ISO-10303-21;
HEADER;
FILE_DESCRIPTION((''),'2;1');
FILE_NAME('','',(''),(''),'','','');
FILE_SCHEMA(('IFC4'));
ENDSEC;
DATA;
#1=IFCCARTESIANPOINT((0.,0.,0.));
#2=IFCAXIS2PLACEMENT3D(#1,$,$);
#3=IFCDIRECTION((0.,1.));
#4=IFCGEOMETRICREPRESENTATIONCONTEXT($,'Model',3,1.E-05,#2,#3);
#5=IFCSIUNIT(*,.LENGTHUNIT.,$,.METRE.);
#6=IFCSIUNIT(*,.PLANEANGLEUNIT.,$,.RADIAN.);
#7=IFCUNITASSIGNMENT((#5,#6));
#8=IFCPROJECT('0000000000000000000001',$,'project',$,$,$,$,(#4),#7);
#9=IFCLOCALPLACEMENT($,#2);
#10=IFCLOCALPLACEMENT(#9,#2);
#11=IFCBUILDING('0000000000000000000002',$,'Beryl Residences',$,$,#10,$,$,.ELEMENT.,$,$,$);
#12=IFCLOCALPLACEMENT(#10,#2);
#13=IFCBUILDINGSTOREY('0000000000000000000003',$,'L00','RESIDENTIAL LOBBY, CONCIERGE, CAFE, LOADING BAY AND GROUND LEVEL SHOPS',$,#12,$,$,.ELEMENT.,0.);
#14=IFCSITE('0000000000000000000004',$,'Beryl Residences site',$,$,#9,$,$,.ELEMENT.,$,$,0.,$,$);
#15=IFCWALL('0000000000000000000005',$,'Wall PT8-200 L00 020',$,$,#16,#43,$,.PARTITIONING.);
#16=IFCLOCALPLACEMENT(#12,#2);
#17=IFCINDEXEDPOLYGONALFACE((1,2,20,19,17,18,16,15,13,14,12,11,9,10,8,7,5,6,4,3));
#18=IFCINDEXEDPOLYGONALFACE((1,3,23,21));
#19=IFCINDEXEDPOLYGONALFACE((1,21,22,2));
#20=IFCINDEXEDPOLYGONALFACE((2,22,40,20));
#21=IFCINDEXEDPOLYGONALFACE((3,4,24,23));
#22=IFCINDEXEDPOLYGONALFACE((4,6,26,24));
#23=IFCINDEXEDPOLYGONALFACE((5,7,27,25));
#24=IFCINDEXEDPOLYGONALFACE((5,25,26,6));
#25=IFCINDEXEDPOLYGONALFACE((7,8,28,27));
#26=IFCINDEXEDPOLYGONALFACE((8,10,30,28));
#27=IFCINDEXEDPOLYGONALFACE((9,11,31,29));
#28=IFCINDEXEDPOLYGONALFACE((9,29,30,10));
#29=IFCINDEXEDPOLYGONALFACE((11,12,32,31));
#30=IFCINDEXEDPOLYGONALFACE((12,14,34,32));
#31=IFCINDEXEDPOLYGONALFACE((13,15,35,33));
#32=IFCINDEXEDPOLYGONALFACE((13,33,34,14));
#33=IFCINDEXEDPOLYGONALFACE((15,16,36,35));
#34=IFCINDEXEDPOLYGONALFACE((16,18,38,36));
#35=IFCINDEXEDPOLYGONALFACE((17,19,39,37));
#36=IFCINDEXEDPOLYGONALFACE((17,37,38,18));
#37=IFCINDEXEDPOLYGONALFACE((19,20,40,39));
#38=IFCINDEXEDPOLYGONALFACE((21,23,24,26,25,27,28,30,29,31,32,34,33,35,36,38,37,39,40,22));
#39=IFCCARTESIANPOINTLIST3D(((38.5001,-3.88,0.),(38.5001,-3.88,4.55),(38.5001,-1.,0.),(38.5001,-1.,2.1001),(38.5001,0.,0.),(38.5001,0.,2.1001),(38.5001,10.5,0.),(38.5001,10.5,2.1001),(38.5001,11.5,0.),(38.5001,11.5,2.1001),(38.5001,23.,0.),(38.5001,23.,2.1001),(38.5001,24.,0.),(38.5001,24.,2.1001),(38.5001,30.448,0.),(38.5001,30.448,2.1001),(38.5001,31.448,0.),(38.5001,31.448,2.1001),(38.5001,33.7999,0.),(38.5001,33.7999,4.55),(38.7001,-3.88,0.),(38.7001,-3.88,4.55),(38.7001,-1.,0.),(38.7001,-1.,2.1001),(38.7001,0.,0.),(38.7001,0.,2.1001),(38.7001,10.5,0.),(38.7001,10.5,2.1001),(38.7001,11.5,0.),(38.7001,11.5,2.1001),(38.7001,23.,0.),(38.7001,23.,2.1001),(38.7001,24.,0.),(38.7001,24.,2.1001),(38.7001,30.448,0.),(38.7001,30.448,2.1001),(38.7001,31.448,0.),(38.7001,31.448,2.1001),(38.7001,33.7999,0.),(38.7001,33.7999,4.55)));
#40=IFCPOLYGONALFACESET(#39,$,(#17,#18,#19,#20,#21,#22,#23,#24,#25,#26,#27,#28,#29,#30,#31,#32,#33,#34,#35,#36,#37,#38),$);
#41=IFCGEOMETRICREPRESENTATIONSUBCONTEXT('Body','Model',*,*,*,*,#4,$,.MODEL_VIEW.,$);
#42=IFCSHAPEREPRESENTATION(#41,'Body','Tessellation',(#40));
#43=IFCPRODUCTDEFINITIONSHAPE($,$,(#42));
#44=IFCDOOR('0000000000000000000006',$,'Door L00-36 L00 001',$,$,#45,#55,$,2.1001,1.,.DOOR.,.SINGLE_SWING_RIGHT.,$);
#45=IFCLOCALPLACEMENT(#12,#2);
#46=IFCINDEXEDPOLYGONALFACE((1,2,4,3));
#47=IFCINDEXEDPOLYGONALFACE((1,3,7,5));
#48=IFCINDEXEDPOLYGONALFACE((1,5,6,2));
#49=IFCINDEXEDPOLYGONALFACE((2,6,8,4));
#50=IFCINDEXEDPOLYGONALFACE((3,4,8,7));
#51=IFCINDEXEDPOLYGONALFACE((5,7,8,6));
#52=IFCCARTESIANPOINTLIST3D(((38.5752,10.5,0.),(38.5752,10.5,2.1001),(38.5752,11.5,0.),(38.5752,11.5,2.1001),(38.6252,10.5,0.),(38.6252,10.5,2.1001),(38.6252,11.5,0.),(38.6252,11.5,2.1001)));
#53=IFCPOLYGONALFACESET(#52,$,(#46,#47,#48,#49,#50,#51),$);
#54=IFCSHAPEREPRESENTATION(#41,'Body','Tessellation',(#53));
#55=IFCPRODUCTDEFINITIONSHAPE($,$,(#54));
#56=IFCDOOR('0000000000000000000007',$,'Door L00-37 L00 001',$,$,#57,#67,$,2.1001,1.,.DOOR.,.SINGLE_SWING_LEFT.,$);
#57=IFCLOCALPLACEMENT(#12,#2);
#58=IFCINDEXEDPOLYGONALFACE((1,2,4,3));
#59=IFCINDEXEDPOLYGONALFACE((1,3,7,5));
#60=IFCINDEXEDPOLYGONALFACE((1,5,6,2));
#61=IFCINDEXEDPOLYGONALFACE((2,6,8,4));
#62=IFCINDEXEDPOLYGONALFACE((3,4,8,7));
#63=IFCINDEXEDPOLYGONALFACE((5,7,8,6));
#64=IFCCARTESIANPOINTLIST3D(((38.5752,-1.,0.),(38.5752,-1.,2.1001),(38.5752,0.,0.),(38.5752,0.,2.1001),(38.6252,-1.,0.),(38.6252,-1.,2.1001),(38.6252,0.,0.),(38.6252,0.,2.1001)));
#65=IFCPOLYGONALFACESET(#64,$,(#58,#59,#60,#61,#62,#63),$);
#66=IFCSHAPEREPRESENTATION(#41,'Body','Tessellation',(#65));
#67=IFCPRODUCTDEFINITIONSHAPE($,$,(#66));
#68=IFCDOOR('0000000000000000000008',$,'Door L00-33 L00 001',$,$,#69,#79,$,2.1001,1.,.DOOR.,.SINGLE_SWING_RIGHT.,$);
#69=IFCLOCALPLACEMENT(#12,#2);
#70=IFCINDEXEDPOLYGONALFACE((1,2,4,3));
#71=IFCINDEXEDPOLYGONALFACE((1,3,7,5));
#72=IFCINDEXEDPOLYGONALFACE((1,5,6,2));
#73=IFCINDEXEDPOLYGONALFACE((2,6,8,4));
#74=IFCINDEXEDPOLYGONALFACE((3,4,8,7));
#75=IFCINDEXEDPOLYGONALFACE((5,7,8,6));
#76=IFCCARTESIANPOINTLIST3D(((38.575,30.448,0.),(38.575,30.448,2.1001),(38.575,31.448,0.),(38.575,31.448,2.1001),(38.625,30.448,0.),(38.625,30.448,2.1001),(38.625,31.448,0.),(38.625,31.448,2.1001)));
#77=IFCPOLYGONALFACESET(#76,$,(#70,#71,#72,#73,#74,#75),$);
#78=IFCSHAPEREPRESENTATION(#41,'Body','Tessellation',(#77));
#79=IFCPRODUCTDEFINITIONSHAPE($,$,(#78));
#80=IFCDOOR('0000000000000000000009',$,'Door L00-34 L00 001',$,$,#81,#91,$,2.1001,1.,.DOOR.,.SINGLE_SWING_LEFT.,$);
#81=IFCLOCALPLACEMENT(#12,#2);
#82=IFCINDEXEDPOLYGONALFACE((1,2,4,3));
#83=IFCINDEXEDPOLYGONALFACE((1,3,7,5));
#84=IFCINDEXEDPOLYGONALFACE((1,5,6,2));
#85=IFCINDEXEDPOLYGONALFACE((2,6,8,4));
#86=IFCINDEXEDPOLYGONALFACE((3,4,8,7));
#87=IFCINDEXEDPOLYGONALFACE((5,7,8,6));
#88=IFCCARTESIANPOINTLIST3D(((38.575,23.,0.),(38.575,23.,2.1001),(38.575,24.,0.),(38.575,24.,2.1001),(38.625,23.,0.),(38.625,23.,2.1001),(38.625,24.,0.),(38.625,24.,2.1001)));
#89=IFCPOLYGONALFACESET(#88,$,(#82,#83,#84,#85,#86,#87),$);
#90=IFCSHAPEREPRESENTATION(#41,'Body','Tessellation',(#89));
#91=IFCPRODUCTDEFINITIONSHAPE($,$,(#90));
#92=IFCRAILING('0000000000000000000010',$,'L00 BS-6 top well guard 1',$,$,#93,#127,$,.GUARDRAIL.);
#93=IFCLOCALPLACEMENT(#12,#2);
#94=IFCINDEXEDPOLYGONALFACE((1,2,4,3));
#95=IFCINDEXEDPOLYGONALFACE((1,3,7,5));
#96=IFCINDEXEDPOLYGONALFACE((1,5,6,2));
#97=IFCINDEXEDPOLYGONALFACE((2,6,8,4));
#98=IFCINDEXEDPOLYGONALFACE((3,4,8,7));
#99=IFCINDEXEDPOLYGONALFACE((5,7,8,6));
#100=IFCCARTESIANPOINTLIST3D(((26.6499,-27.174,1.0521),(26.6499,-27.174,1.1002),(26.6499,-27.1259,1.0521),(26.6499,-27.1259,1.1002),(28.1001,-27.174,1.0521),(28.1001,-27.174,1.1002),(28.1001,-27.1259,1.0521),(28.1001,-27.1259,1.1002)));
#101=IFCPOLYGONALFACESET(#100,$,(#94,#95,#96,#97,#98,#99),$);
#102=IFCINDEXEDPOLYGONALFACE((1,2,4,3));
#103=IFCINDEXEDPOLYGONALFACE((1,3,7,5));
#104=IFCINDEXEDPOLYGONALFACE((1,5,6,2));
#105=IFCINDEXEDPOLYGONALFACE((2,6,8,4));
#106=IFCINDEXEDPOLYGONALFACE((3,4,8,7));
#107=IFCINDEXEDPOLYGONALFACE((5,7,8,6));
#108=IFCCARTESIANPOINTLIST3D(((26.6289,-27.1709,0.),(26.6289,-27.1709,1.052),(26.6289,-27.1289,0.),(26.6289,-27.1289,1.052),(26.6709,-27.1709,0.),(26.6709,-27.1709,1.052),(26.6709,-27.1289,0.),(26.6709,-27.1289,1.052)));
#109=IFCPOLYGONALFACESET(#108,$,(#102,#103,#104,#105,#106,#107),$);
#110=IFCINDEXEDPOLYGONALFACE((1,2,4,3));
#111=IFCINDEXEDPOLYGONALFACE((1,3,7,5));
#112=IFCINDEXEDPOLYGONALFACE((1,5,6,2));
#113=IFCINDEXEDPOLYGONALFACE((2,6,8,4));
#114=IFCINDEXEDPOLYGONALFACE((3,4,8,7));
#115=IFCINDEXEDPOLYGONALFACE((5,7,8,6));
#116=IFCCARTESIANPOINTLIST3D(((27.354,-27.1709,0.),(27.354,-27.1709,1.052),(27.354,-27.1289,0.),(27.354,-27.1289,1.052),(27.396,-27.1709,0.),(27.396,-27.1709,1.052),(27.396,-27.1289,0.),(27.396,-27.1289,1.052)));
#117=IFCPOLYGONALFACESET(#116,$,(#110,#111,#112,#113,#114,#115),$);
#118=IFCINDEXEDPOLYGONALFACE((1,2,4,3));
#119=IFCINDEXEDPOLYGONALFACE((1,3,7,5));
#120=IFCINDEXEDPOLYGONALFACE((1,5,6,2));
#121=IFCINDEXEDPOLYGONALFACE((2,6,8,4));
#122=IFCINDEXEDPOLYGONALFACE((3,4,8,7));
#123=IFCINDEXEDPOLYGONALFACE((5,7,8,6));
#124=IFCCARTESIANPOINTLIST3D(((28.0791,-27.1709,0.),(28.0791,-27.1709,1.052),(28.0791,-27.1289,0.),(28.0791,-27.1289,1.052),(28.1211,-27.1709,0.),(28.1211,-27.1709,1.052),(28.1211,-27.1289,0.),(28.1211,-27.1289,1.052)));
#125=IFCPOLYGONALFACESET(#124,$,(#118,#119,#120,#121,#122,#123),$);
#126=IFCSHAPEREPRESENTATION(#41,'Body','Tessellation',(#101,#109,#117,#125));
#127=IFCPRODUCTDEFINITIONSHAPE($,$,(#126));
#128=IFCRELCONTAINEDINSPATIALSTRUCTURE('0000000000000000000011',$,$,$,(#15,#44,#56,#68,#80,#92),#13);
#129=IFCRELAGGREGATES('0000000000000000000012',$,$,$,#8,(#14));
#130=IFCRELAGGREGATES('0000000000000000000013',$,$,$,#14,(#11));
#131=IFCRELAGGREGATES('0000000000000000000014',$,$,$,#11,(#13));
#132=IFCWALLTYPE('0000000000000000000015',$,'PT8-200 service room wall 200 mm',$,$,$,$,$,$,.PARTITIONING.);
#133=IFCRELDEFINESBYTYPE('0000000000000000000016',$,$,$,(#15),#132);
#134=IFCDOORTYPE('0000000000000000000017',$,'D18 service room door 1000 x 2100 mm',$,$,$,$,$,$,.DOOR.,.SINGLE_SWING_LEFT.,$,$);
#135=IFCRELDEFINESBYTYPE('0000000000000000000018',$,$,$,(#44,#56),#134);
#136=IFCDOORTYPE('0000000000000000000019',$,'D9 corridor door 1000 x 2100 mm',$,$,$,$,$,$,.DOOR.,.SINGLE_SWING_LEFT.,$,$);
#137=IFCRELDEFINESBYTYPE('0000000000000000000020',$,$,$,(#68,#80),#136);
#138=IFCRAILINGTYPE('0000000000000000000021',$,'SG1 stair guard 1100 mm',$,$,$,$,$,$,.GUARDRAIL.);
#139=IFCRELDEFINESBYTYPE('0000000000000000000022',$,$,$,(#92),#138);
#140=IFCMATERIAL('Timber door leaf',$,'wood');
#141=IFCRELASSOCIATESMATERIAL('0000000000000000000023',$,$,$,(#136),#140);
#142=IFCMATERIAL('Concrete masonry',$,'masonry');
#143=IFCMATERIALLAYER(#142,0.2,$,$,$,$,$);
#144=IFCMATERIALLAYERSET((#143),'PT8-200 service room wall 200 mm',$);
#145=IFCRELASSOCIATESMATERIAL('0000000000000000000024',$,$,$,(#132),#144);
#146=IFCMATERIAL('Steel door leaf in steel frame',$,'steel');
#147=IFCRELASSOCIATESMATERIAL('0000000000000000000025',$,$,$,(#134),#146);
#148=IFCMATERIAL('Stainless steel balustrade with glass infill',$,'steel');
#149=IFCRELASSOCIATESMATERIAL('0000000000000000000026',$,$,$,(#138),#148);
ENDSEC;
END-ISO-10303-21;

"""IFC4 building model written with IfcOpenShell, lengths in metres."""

from ifc_helpers import new_model, si_unit, direction, frame, frame_2d, origin, origin_2d, place, context, subcontext, project, spatial, rectangle, extrude, material, layer, layer_set, type_object, element, fill, save


model = new_model("IFC4")

# Units and contexts
model_context = context("Model", 3, precision=1e-05, world=origin(), true_north=direction((0.0, 1.0)))
body_context = subcontext(model_context, "Body", "Model", "MODEL_VIEW")
ifc_project = project(units=[si_unit("LENGTHUNIT", "METRE"), si_unit("PLANEANGLEUNIT", "RADIAN")], contexts=[model_context])

# Site, building, storey
site_placement = place(None, origin())
site = spatial("IfcSite", under=ifc_project, at=site_placement, Name="Beryl Residences site", CompositionType="ELEMENT", RefElevation=0.0)
building_placement = place(site_placement, origin())
building = spatial("IfcBuilding", under=site, at=building_placement, Name="Beryl Residences", CompositionType="ELEMENT")
storey_placement = place(building_placement, origin())
storey = spatial("IfcBuildingStorey", under=building, at=storey_placement, Name="L00", Description="RESIDENTIAL LOBBY, CONCIERGE, CAFE, LOADING BAY AND GROUND LEVEL SHOPS", CompositionType="ELEMENT", Elevation=0.0)

# Shared definitions
ifc_material_1 = material(Name="Timber door leaf", Category="wood")
door_type_1 = type_object("IfcDoorType", Name="D9 corridor door 1000 x 2100 mm", OperationType="SINGLE_SWING_LEFT", PredefinedType="DOOR", material=ifc_material_1)

# Shared definitions
ifc_material_2 = material(Name="Concrete masonry", Category="masonry")
ifc_layer_1 = layer(ifc_material_2, 0.2)
ifc_layer_set_1 = layer_set([ifc_layer_1], Name="PT8-200 service room wall 200 mm")
wall_type_1 = type_object("IfcWallType", Name="PT8-200 service room wall 200 mm", PredefinedType="PARTITIONING", material=ifc_layer_set_1)

# Wall, openings, doors
wall_1_placement = place(storey_placement, frame((38.6001, -3.8799, 0.0), z_axis=(0.0, 0.0, 1.0), x_axis=(0.0, 1.0, 0.0)))
wall_1 = element("IfcWall", 1, at=wall_1_placement, inside=storey, type_object=wall_type_1, Name="Wall PT8-200 L00 020", PredefinedType="PARTITIONING", context=body_context, shape_type="SweptSolid", body=[
    extrude(rectangle(XDim=37.6799, YDim=0.2, at=frame_2d((18.8398, 0.0))), origin(), (0.0, 0.0, 1.0), 4.55),
])
opening_1_placement = place(wall_1_placement, frame((35.3279, 0.0, 0.0), z_axis=(0.0, 0.0, 1.0), x_axis=(-1.0, 0.0, 0.0)))
opening_1 = element("IfcOpeningElement", 2, at=opening_1_placement, cuts=wall_1, PredefinedType="OPENING", context=body_context, shape_type="SweptSolid", body=[
    extrude(rectangle(XDim=1.0, YDim=2.1001, at=frame_2d((0.5, 1.05))), frame((0.0, 0.1099, 0.0), z_axis=(0.0, -1.0, 0.0), x_axis=(1.0, 0.0, 0.0)), (0.0, 0.0, 1.0), 0.22),
])
opening_2_placement = place(wall_1_placement, frame((27.8799, 0.0, 0.0), z_axis=(0.0, 0.0, 1.0), x_axis=(-1.0, 0.0, 0.0)))
opening_2 = element("IfcOpeningElement", 3, at=opening_2_placement, cuts=wall_1, PredefinedType="OPENING", context=body_context, shape_type="SweptSolid", body=[
    extrude(rectangle(XDim=1.0, YDim=2.1001, at=frame_2d((0.5, 1.05))), frame((0.0, 0.1099, 0.0), z_axis=(0.0, -1.0, 0.0), x_axis=(1.0, 0.0, 0.0)), (0.0, 0.0, 1.0), 0.22),
])
opening_3_placement = place(wall_1_placement, frame((14.3799, 0.0, 0.0)))
opening_3 = element("IfcOpeningElement", 4, at=opening_3_placement, cuts=wall_1, PredefinedType="OPENING", context=body_context, shape_type="SweptSolid", body=[
    extrude(rectangle(XDim=1.0, YDim=2.1001, at=frame_2d((0.5, 1.05))), frame((0.0, 0.1099, 0.0), z_axis=(0.0, -1.0, 0.0), x_axis=(1.0, 0.0, 0.0)), (0.0, 0.0, 1.0), 0.22),
])
opening_4_placement = place(wall_1_placement, frame((2.8799, 0.0, 0.0)))
opening_4 = element("IfcOpeningElement", 5, at=opening_4_placement, cuts=wall_1, PredefinedType="OPENING", context=body_context, shape_type="SweptSolid", body=[
    extrude(rectangle(XDim=1.0, YDim=2.1001, at=frame_2d((0.5, 1.05))), frame((0.0, 0.1099, 0.0), z_axis=(0.0, -1.0, 0.0), x_axis=(1.0, 0.0, 0.0)), (0.0, 0.0, 1.0), 0.22),
])
ifc_material_3 = material(Name="Steel door leaf in steel frame", Category="steel")
door_type_2 = type_object("IfcDoorType", Name="D18 service room door 1000 x 2100 mm", OperationType="SINGLE_SWING_LEFT", PredefinedType="DOOR", material=ifc_material_3)
door_1_placement = place(opening_3_placement, origin())
door_1 = element("IfcDoor", 6, at=door_1_placement, inside=storey, type_object=door_type_2, Name="Door L00-36 L00 001", OperationType="SINGLE_SWING_RIGHT", OverallHeight=2.1001, OverallWidth=1.0, PredefinedType="DOOR", context=body_context, shape_type="SweptSolid", body=[
    extrude(rectangle(XDim=1.0, YDim=2.1001, at=frame_2d((0.5, 1.05))), frame((0.0, 0.0249, 0.0), z_axis=(0.0, -1.0, 0.0), x_axis=(1.0, 0.0, 0.0)), (0.0, 0.0, 1.0), 0.05),
])
fill(opening_3, door_1)
door_2_placement = place(opening_4_placement, origin())
door_2 = element("IfcDoor", 7, at=door_2_placement, inside=storey, type_object=door_type_2, Name="Door L00-37 L00 001", OperationType="SINGLE_SWING_LEFT", OverallHeight=2.1001, OverallWidth=1.0, PredefinedType="DOOR", context=body_context, shape_type="SweptSolid", body=[
    extrude(rectangle(XDim=1.0, YDim=2.1001, at=frame_2d((0.5, 1.05))), frame((0.0, 0.0249, 0.0), z_axis=(0.0, -1.0, 0.0), x_axis=(1.0, 0.0, 0.0)), (0.0, 0.0, 1.0), 0.05),
])
fill(opening_4, door_2)
door_3_placement = place(opening_1_placement, origin())
door_3 = element("IfcDoor", 8, at=door_3_placement, inside=storey, type_object=door_type_1, Name="Door L00-33 L00 001", OperationType="SINGLE_SWING_RIGHT", OverallHeight=2.1001, OverallWidth=1.0, PredefinedType="DOOR", context=body_context, shape_type="SweptSolid", body=[
    extrude(rectangle(XDim=1.0, YDim=2.1001, at=frame_2d((0.5, 1.05))), frame((0.0, 0.0249, 0.0), z_axis=(0.0, -1.0, 0.0), x_axis=(1.0, 0.0, 0.0)), (0.0, 0.0, 1.0), 0.05),
])
fill(opening_1, door_3)
door_4_placement = place(opening_2_placement, origin())
door_4 = element("IfcDoor", 9, at=door_4_placement, inside=storey, type_object=door_type_1, Name="Door L00-34 L00 001", OperationType="SINGLE_SWING_LEFT", OverallHeight=2.1001, OverallWidth=1.0, PredefinedType="DOOR", context=body_context, shape_type="SweptSolid", body=[
    extrude(rectangle(XDim=1.0, YDim=2.1001, at=frame_2d((0.5, 1.05))), frame((0.0, 0.0249, 0.0), z_axis=(0.0, -1.0, 0.0), x_axis=(1.0, 0.0, 0.0)), (0.0, 0.0, 1.0), 0.05),
])
fill(opening_2, door_4)

# Railing
ifc_material_4 = material(Name="Stainless steel balustrade with glass infill", Category="steel")
railing_type_1 = type_object("IfcRailingType", Name="SG1 stair guard 1100 mm", PredefinedType="GUARDRAIL", material=ifc_material_4)
railing_1_placement = place(storey_placement, frame((26.6499, -27.1499, 0.0)))
element("IfcRailing", 10, at=railing_1_placement, inside=storey, type_object=railing_type_1, Name="L00 BS-6 top well guard 1", PredefinedType="GUARDRAIL", context=body_context, shape_type="SweptSolid", body=[
    extrude(rectangle(XDim=0.0481, YDim=0.0481, at=origin_2d()), frame((0.0, 0.0, 1.0762), z_axis=(1.0, 0.0, 0.0), x_axis=(0.0, 1.0, 0.0)), (0.0, 0.0, 1.0), 1.4502),
    extrude(rectangle(XDim=0.042, YDim=0.042, at=origin_2d()), origin(), (0.0, 0.0, 1.0), 1.052),
    extrude(rectangle(XDim=0.042, YDim=0.042, at=origin_2d()), frame((0.7251, 0.0, 0.0)), (0.0, 0.0, 1.0), 1.052),
    extrude(rectangle(XDim=0.042, YDim=0.042, at=origin_2d()), frame((1.4502, 0.0, 0.0)), (0.0, 0.0, 1.0), 1.052),
])

save(model, "model.ifc")
